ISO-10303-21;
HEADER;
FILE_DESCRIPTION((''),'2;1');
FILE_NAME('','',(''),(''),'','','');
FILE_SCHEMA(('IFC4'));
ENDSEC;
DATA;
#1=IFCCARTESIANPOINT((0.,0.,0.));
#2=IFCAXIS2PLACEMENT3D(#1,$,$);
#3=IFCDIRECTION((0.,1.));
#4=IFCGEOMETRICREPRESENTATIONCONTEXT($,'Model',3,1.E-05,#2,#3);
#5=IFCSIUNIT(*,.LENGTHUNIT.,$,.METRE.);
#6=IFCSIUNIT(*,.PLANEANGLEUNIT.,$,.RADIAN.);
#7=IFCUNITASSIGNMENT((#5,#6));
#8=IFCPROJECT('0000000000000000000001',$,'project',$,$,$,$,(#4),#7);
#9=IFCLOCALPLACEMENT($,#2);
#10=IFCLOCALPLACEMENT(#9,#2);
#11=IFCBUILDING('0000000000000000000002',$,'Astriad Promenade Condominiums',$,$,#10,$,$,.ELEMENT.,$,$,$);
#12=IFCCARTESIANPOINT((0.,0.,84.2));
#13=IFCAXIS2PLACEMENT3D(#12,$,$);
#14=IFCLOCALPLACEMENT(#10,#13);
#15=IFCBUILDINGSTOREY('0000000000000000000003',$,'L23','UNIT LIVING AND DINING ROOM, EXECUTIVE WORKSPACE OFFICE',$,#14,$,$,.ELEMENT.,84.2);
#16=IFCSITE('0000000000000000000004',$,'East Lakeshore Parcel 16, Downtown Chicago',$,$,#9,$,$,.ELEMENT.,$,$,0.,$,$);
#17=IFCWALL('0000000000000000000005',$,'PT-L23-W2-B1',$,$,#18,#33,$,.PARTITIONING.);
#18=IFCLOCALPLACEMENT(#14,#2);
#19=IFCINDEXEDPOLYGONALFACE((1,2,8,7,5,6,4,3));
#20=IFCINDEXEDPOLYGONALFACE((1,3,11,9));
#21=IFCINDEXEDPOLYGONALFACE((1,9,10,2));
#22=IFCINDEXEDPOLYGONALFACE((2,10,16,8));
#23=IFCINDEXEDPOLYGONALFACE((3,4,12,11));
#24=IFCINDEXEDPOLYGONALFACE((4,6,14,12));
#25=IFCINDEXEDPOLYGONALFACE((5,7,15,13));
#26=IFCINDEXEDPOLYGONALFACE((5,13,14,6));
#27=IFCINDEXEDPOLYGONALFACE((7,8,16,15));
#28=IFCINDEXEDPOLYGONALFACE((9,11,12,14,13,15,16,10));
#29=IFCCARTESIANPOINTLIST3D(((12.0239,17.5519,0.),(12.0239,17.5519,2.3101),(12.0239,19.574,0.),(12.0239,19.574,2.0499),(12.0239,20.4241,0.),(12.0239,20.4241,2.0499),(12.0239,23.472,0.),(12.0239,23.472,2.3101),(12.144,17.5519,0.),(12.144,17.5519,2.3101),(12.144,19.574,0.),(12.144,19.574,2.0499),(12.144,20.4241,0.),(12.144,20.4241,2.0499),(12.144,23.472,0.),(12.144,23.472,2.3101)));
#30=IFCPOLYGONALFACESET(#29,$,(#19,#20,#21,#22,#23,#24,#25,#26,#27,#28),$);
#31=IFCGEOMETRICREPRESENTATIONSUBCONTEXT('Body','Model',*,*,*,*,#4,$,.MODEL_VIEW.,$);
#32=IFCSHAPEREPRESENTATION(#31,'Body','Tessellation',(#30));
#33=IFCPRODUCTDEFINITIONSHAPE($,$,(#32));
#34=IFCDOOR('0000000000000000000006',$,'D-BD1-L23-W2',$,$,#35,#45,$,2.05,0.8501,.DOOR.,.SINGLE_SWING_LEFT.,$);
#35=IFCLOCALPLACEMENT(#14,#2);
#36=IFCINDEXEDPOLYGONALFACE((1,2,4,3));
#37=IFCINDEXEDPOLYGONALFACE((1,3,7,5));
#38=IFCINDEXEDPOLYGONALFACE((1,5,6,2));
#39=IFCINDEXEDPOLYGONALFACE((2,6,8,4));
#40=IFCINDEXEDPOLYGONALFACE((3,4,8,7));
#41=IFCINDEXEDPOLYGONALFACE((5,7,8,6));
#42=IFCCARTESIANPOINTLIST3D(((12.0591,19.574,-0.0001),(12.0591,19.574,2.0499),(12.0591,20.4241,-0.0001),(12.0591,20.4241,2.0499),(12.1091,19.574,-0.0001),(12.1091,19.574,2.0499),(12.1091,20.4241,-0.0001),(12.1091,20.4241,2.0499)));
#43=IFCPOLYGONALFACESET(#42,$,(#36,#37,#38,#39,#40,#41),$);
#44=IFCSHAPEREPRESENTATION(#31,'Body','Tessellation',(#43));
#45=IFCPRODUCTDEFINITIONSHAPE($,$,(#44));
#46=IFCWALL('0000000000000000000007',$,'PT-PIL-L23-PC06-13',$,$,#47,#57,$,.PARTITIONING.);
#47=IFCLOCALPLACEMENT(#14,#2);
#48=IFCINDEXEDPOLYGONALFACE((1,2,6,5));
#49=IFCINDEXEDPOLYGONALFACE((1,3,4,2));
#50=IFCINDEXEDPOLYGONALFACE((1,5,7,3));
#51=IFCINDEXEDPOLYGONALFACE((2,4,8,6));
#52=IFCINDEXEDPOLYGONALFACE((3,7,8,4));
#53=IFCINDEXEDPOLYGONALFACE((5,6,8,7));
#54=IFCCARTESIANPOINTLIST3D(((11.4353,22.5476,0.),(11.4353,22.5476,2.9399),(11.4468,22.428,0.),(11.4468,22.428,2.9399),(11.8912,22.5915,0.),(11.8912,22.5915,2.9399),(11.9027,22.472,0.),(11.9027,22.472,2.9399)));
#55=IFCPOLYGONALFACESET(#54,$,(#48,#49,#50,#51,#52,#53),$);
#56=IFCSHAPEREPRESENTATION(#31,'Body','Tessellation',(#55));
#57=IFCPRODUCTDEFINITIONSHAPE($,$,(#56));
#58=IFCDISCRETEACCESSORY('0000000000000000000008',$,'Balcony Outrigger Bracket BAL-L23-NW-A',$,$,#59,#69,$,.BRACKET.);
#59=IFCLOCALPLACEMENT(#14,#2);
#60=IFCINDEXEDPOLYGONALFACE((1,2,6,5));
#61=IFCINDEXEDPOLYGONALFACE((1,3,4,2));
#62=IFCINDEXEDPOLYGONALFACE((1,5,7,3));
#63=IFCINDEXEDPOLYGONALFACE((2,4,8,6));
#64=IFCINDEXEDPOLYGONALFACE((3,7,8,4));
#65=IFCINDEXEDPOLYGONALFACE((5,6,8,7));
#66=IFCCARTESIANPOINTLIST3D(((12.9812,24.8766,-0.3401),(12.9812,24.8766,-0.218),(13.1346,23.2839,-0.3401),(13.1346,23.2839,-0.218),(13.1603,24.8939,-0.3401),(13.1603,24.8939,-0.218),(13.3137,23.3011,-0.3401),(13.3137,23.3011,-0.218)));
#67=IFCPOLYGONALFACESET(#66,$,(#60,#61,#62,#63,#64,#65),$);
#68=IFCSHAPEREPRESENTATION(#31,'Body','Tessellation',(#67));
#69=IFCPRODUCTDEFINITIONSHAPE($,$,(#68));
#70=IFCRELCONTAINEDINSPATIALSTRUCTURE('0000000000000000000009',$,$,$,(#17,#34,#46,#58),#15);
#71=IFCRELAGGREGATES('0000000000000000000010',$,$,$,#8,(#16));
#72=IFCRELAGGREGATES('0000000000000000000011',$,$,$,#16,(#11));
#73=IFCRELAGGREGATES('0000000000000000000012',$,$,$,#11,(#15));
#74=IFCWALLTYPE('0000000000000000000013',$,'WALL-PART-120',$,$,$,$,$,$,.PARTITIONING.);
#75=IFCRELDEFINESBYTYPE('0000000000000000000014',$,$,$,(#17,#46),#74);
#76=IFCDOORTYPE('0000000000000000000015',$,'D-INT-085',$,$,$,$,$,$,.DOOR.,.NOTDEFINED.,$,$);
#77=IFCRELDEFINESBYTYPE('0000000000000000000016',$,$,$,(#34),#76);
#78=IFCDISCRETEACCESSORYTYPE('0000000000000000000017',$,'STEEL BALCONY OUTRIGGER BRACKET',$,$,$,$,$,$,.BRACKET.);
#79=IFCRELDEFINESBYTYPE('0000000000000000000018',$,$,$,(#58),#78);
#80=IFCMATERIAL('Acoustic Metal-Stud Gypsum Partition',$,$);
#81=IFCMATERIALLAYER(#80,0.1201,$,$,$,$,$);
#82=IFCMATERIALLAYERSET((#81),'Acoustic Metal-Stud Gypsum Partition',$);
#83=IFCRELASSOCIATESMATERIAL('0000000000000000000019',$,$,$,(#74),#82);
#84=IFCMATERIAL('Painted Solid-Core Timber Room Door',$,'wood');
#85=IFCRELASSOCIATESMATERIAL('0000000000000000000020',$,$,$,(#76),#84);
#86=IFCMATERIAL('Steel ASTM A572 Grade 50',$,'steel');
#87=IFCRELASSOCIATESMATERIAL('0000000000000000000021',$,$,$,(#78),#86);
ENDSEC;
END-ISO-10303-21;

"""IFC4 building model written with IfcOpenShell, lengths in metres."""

from ifc_helpers import new_model, si_unit, direction, frame, frame_2d, origin, origin_2d, place, context, subcontext, project, spatial, rectangle, extrude, source, transform, mapped, material, layer, layer_set, type_object, type_shapes, element, fill, save


model = new_model("IFC4")

# Units and contexts
model_context = context("Model", 3, precision=1e-05, world=origin(), true_north=direction((0.0, 1.0)))
body_context = subcontext(model_context, "Body", "Model", "MODEL_VIEW")
ifc_project = project(units=[si_unit("LENGTHUNIT", "METRE"), si_unit("PLANEANGLEUNIT", "RADIAN")], contexts=[model_context])

# Site, building, storey
site_placement = place(None, origin())
site = spatial("IfcSite", under=ifc_project, at=site_placement, Name="East Lakeshore Parcel 16, Downtown Chicago", CompositionType="ELEMENT", RefElevation=0.0)
building_placement = place(site_placement, origin())
building = spatial("IfcBuilding", under=site, at=building_placement, Name="Astriad Promenade Condominiums", CompositionType="ELEMENT")
storey_placement = place(building_placement, frame((0.0, 0.0, 84.2)))
storey = spatial("IfcBuildingStorey", under=building, at=storey_placement, Name="L23", Description="UNIT LIVING AND DINING ROOM, EXECUTIVE WORKSPACE OFFICE", CompositionType="ELEMENT", Elevation=84.2)

# Shared definitions
ifc_material_1 = material(Name="Acoustic Metal-Stud Gypsum Partition")
ifc_layer_1 = layer(ifc_material_1, 0.1201)
ifc_layer_set_1 = layer_set([ifc_layer_1], Name="Acoustic Metal-Stud Gypsum Partition")
wall_type_1 = type_object("IfcWallType", Name="WALL-PART-120", PredefinedType="PARTITIONING", material=ifc_layer_set_1)
ifc_material_2 = material(Name="Painted Solid-Core Timber Room Door", Category="wood")
door_type_1 = type_object("IfcDoorType", Name="D-INT-085", OperationType="NOTDEFINED", PredefinedType="DOOR", material=ifc_material_2)
shared_shape_1 = source(origin(), body_context, "Body", "SweptSolid", [
    extrude(rectangle(XDim=0.8501, YDim=2.05, at=frame_2d((0.425, 1.0249))), frame((0.0, 0.0249, 0.0), z_axis=(0.0, -1.0, 0.0), x_axis=(1.0, 0.0, 0.0)), (0.0, 0.0, 1.0), 0.05),
])
type_shapes(door_type_1, [shared_shape_1])

# Wall, opening, door
wall_1_placement = place(storey_placement, frame((12.084, 17.552, 0.0), z_axis=(0.0, 0.0, 1.0), x_axis=(0.0, 1.0, 0.0)))
wall_1 = element("IfcWall", 1, at=wall_1_placement, inside=storey, type_object=wall_type_1, Name="PT-L23-W2-B1", PredefinedType="PARTITIONING", context=body_context, shape_type="SweptSolid", body=[
    extrude(rectangle(XDim=5.9202, YDim=0.1201, at=frame_2d((2.96, 0.0))), origin(), (0.0, 0.0, 1.0), 2.3101),
])
opening_1_placement = place(wall_1_placement, frame((2.022, 0.0, 0.0)))
opening_1 = element("IfcOpeningElement", 2, at=opening_1_placement, cuts=wall_1, PredefinedType="OPENING", context=body_context, shape_type="SweptSolid", body=[
    extrude(rectangle(XDim=0.8501, YDim=2.05, at=frame_2d((0.425, 1.0249))), frame((0.0, 0.0701, 0.0), z_axis=(0.0, -1.0, 0.0), x_axis=(1.0, 0.0, 0.0)), (0.0, 0.0, 1.0), 0.1401),
])
door_1_placement = place(opening_1_placement, origin())
door_1 = element("IfcDoor", 3, at=door_1_placement, inside=storey, type_object=door_type_1, Name="D-BD1-L23-W2", OperationType="SINGLE_SWING_LEFT", OverallHeight=2.05, OverallWidth=0.8501, PredefinedType="DOOR", context=body_context, shape_type="MappedRepresentation", body=[
    mapped(shared_shape_1, transform((0.0, 0.0, 0.0), scale=1.0)),
])
fill(opening_1, door_1)

# Wall
wall_2_placement = place(storey_placement, frame((11.897, 22.5317, 0.0), z_axis=(0.0, 0.0, 1.0), x_axis=(-0.995385, -0.095966, 0.0)))
element("IfcWall", 4, at=wall_2_placement, inside=storey, type_object=wall_type_1, Name="PT-PIL-L23-PC06-13", PredefinedType="PARTITIONING", context=body_context, shape_type="SweptSolid", body=[
    extrude(rectangle(XDim=0.458, YDim=0.1201, at=frame_2d((0.229, 0.0))), origin(), (0.0, 0.0, 1.0), 2.9399),
])

# Discrete accessory
ifc_material_3 = material(Name="Steel ASTM A572 Grade 50", Category="steel")
discrete_accessory_type = type_object("IfcDiscreteAccessoryType", Name="STEEL BALCONY OUTRIGGER BRACKET", PredefinedType="BRACKET", material=ifc_material_3)
shared_shape_2 = source(origin(), body_context, "Body", "SweptSolid", [
    extrude(rectangle(XDim=1.6001, YDim=0.1799, at=origin_2d()), origin(), (0.0, 0.0, 1.0), 0.1221),
])
type_shapes(discrete_accessory_type, [shared_shape_2])
discrete_accessory_placement = place(storey_placement, frame((13.1475, 24.0889, -0.3401), z_axis=(0.0, 0.0, 1.0), x_axis=(-0.095846, 0.995396, 0.0)))
element("IfcDiscreteAccessory", 5, at=discrete_accessory_placement, inside=storey, type_object=discrete_accessory_type, Name="Balcony Outrigger Bracket BAL-L23-NW-A", PredefinedType="BRACKET", context=body_context, shape_type="MappedRepresentation", body=[
    mapped(shared_shape_2, transform((0.0, 0.0, 0.0), scale=1.0)),
])

save(model, "model.ifc")
